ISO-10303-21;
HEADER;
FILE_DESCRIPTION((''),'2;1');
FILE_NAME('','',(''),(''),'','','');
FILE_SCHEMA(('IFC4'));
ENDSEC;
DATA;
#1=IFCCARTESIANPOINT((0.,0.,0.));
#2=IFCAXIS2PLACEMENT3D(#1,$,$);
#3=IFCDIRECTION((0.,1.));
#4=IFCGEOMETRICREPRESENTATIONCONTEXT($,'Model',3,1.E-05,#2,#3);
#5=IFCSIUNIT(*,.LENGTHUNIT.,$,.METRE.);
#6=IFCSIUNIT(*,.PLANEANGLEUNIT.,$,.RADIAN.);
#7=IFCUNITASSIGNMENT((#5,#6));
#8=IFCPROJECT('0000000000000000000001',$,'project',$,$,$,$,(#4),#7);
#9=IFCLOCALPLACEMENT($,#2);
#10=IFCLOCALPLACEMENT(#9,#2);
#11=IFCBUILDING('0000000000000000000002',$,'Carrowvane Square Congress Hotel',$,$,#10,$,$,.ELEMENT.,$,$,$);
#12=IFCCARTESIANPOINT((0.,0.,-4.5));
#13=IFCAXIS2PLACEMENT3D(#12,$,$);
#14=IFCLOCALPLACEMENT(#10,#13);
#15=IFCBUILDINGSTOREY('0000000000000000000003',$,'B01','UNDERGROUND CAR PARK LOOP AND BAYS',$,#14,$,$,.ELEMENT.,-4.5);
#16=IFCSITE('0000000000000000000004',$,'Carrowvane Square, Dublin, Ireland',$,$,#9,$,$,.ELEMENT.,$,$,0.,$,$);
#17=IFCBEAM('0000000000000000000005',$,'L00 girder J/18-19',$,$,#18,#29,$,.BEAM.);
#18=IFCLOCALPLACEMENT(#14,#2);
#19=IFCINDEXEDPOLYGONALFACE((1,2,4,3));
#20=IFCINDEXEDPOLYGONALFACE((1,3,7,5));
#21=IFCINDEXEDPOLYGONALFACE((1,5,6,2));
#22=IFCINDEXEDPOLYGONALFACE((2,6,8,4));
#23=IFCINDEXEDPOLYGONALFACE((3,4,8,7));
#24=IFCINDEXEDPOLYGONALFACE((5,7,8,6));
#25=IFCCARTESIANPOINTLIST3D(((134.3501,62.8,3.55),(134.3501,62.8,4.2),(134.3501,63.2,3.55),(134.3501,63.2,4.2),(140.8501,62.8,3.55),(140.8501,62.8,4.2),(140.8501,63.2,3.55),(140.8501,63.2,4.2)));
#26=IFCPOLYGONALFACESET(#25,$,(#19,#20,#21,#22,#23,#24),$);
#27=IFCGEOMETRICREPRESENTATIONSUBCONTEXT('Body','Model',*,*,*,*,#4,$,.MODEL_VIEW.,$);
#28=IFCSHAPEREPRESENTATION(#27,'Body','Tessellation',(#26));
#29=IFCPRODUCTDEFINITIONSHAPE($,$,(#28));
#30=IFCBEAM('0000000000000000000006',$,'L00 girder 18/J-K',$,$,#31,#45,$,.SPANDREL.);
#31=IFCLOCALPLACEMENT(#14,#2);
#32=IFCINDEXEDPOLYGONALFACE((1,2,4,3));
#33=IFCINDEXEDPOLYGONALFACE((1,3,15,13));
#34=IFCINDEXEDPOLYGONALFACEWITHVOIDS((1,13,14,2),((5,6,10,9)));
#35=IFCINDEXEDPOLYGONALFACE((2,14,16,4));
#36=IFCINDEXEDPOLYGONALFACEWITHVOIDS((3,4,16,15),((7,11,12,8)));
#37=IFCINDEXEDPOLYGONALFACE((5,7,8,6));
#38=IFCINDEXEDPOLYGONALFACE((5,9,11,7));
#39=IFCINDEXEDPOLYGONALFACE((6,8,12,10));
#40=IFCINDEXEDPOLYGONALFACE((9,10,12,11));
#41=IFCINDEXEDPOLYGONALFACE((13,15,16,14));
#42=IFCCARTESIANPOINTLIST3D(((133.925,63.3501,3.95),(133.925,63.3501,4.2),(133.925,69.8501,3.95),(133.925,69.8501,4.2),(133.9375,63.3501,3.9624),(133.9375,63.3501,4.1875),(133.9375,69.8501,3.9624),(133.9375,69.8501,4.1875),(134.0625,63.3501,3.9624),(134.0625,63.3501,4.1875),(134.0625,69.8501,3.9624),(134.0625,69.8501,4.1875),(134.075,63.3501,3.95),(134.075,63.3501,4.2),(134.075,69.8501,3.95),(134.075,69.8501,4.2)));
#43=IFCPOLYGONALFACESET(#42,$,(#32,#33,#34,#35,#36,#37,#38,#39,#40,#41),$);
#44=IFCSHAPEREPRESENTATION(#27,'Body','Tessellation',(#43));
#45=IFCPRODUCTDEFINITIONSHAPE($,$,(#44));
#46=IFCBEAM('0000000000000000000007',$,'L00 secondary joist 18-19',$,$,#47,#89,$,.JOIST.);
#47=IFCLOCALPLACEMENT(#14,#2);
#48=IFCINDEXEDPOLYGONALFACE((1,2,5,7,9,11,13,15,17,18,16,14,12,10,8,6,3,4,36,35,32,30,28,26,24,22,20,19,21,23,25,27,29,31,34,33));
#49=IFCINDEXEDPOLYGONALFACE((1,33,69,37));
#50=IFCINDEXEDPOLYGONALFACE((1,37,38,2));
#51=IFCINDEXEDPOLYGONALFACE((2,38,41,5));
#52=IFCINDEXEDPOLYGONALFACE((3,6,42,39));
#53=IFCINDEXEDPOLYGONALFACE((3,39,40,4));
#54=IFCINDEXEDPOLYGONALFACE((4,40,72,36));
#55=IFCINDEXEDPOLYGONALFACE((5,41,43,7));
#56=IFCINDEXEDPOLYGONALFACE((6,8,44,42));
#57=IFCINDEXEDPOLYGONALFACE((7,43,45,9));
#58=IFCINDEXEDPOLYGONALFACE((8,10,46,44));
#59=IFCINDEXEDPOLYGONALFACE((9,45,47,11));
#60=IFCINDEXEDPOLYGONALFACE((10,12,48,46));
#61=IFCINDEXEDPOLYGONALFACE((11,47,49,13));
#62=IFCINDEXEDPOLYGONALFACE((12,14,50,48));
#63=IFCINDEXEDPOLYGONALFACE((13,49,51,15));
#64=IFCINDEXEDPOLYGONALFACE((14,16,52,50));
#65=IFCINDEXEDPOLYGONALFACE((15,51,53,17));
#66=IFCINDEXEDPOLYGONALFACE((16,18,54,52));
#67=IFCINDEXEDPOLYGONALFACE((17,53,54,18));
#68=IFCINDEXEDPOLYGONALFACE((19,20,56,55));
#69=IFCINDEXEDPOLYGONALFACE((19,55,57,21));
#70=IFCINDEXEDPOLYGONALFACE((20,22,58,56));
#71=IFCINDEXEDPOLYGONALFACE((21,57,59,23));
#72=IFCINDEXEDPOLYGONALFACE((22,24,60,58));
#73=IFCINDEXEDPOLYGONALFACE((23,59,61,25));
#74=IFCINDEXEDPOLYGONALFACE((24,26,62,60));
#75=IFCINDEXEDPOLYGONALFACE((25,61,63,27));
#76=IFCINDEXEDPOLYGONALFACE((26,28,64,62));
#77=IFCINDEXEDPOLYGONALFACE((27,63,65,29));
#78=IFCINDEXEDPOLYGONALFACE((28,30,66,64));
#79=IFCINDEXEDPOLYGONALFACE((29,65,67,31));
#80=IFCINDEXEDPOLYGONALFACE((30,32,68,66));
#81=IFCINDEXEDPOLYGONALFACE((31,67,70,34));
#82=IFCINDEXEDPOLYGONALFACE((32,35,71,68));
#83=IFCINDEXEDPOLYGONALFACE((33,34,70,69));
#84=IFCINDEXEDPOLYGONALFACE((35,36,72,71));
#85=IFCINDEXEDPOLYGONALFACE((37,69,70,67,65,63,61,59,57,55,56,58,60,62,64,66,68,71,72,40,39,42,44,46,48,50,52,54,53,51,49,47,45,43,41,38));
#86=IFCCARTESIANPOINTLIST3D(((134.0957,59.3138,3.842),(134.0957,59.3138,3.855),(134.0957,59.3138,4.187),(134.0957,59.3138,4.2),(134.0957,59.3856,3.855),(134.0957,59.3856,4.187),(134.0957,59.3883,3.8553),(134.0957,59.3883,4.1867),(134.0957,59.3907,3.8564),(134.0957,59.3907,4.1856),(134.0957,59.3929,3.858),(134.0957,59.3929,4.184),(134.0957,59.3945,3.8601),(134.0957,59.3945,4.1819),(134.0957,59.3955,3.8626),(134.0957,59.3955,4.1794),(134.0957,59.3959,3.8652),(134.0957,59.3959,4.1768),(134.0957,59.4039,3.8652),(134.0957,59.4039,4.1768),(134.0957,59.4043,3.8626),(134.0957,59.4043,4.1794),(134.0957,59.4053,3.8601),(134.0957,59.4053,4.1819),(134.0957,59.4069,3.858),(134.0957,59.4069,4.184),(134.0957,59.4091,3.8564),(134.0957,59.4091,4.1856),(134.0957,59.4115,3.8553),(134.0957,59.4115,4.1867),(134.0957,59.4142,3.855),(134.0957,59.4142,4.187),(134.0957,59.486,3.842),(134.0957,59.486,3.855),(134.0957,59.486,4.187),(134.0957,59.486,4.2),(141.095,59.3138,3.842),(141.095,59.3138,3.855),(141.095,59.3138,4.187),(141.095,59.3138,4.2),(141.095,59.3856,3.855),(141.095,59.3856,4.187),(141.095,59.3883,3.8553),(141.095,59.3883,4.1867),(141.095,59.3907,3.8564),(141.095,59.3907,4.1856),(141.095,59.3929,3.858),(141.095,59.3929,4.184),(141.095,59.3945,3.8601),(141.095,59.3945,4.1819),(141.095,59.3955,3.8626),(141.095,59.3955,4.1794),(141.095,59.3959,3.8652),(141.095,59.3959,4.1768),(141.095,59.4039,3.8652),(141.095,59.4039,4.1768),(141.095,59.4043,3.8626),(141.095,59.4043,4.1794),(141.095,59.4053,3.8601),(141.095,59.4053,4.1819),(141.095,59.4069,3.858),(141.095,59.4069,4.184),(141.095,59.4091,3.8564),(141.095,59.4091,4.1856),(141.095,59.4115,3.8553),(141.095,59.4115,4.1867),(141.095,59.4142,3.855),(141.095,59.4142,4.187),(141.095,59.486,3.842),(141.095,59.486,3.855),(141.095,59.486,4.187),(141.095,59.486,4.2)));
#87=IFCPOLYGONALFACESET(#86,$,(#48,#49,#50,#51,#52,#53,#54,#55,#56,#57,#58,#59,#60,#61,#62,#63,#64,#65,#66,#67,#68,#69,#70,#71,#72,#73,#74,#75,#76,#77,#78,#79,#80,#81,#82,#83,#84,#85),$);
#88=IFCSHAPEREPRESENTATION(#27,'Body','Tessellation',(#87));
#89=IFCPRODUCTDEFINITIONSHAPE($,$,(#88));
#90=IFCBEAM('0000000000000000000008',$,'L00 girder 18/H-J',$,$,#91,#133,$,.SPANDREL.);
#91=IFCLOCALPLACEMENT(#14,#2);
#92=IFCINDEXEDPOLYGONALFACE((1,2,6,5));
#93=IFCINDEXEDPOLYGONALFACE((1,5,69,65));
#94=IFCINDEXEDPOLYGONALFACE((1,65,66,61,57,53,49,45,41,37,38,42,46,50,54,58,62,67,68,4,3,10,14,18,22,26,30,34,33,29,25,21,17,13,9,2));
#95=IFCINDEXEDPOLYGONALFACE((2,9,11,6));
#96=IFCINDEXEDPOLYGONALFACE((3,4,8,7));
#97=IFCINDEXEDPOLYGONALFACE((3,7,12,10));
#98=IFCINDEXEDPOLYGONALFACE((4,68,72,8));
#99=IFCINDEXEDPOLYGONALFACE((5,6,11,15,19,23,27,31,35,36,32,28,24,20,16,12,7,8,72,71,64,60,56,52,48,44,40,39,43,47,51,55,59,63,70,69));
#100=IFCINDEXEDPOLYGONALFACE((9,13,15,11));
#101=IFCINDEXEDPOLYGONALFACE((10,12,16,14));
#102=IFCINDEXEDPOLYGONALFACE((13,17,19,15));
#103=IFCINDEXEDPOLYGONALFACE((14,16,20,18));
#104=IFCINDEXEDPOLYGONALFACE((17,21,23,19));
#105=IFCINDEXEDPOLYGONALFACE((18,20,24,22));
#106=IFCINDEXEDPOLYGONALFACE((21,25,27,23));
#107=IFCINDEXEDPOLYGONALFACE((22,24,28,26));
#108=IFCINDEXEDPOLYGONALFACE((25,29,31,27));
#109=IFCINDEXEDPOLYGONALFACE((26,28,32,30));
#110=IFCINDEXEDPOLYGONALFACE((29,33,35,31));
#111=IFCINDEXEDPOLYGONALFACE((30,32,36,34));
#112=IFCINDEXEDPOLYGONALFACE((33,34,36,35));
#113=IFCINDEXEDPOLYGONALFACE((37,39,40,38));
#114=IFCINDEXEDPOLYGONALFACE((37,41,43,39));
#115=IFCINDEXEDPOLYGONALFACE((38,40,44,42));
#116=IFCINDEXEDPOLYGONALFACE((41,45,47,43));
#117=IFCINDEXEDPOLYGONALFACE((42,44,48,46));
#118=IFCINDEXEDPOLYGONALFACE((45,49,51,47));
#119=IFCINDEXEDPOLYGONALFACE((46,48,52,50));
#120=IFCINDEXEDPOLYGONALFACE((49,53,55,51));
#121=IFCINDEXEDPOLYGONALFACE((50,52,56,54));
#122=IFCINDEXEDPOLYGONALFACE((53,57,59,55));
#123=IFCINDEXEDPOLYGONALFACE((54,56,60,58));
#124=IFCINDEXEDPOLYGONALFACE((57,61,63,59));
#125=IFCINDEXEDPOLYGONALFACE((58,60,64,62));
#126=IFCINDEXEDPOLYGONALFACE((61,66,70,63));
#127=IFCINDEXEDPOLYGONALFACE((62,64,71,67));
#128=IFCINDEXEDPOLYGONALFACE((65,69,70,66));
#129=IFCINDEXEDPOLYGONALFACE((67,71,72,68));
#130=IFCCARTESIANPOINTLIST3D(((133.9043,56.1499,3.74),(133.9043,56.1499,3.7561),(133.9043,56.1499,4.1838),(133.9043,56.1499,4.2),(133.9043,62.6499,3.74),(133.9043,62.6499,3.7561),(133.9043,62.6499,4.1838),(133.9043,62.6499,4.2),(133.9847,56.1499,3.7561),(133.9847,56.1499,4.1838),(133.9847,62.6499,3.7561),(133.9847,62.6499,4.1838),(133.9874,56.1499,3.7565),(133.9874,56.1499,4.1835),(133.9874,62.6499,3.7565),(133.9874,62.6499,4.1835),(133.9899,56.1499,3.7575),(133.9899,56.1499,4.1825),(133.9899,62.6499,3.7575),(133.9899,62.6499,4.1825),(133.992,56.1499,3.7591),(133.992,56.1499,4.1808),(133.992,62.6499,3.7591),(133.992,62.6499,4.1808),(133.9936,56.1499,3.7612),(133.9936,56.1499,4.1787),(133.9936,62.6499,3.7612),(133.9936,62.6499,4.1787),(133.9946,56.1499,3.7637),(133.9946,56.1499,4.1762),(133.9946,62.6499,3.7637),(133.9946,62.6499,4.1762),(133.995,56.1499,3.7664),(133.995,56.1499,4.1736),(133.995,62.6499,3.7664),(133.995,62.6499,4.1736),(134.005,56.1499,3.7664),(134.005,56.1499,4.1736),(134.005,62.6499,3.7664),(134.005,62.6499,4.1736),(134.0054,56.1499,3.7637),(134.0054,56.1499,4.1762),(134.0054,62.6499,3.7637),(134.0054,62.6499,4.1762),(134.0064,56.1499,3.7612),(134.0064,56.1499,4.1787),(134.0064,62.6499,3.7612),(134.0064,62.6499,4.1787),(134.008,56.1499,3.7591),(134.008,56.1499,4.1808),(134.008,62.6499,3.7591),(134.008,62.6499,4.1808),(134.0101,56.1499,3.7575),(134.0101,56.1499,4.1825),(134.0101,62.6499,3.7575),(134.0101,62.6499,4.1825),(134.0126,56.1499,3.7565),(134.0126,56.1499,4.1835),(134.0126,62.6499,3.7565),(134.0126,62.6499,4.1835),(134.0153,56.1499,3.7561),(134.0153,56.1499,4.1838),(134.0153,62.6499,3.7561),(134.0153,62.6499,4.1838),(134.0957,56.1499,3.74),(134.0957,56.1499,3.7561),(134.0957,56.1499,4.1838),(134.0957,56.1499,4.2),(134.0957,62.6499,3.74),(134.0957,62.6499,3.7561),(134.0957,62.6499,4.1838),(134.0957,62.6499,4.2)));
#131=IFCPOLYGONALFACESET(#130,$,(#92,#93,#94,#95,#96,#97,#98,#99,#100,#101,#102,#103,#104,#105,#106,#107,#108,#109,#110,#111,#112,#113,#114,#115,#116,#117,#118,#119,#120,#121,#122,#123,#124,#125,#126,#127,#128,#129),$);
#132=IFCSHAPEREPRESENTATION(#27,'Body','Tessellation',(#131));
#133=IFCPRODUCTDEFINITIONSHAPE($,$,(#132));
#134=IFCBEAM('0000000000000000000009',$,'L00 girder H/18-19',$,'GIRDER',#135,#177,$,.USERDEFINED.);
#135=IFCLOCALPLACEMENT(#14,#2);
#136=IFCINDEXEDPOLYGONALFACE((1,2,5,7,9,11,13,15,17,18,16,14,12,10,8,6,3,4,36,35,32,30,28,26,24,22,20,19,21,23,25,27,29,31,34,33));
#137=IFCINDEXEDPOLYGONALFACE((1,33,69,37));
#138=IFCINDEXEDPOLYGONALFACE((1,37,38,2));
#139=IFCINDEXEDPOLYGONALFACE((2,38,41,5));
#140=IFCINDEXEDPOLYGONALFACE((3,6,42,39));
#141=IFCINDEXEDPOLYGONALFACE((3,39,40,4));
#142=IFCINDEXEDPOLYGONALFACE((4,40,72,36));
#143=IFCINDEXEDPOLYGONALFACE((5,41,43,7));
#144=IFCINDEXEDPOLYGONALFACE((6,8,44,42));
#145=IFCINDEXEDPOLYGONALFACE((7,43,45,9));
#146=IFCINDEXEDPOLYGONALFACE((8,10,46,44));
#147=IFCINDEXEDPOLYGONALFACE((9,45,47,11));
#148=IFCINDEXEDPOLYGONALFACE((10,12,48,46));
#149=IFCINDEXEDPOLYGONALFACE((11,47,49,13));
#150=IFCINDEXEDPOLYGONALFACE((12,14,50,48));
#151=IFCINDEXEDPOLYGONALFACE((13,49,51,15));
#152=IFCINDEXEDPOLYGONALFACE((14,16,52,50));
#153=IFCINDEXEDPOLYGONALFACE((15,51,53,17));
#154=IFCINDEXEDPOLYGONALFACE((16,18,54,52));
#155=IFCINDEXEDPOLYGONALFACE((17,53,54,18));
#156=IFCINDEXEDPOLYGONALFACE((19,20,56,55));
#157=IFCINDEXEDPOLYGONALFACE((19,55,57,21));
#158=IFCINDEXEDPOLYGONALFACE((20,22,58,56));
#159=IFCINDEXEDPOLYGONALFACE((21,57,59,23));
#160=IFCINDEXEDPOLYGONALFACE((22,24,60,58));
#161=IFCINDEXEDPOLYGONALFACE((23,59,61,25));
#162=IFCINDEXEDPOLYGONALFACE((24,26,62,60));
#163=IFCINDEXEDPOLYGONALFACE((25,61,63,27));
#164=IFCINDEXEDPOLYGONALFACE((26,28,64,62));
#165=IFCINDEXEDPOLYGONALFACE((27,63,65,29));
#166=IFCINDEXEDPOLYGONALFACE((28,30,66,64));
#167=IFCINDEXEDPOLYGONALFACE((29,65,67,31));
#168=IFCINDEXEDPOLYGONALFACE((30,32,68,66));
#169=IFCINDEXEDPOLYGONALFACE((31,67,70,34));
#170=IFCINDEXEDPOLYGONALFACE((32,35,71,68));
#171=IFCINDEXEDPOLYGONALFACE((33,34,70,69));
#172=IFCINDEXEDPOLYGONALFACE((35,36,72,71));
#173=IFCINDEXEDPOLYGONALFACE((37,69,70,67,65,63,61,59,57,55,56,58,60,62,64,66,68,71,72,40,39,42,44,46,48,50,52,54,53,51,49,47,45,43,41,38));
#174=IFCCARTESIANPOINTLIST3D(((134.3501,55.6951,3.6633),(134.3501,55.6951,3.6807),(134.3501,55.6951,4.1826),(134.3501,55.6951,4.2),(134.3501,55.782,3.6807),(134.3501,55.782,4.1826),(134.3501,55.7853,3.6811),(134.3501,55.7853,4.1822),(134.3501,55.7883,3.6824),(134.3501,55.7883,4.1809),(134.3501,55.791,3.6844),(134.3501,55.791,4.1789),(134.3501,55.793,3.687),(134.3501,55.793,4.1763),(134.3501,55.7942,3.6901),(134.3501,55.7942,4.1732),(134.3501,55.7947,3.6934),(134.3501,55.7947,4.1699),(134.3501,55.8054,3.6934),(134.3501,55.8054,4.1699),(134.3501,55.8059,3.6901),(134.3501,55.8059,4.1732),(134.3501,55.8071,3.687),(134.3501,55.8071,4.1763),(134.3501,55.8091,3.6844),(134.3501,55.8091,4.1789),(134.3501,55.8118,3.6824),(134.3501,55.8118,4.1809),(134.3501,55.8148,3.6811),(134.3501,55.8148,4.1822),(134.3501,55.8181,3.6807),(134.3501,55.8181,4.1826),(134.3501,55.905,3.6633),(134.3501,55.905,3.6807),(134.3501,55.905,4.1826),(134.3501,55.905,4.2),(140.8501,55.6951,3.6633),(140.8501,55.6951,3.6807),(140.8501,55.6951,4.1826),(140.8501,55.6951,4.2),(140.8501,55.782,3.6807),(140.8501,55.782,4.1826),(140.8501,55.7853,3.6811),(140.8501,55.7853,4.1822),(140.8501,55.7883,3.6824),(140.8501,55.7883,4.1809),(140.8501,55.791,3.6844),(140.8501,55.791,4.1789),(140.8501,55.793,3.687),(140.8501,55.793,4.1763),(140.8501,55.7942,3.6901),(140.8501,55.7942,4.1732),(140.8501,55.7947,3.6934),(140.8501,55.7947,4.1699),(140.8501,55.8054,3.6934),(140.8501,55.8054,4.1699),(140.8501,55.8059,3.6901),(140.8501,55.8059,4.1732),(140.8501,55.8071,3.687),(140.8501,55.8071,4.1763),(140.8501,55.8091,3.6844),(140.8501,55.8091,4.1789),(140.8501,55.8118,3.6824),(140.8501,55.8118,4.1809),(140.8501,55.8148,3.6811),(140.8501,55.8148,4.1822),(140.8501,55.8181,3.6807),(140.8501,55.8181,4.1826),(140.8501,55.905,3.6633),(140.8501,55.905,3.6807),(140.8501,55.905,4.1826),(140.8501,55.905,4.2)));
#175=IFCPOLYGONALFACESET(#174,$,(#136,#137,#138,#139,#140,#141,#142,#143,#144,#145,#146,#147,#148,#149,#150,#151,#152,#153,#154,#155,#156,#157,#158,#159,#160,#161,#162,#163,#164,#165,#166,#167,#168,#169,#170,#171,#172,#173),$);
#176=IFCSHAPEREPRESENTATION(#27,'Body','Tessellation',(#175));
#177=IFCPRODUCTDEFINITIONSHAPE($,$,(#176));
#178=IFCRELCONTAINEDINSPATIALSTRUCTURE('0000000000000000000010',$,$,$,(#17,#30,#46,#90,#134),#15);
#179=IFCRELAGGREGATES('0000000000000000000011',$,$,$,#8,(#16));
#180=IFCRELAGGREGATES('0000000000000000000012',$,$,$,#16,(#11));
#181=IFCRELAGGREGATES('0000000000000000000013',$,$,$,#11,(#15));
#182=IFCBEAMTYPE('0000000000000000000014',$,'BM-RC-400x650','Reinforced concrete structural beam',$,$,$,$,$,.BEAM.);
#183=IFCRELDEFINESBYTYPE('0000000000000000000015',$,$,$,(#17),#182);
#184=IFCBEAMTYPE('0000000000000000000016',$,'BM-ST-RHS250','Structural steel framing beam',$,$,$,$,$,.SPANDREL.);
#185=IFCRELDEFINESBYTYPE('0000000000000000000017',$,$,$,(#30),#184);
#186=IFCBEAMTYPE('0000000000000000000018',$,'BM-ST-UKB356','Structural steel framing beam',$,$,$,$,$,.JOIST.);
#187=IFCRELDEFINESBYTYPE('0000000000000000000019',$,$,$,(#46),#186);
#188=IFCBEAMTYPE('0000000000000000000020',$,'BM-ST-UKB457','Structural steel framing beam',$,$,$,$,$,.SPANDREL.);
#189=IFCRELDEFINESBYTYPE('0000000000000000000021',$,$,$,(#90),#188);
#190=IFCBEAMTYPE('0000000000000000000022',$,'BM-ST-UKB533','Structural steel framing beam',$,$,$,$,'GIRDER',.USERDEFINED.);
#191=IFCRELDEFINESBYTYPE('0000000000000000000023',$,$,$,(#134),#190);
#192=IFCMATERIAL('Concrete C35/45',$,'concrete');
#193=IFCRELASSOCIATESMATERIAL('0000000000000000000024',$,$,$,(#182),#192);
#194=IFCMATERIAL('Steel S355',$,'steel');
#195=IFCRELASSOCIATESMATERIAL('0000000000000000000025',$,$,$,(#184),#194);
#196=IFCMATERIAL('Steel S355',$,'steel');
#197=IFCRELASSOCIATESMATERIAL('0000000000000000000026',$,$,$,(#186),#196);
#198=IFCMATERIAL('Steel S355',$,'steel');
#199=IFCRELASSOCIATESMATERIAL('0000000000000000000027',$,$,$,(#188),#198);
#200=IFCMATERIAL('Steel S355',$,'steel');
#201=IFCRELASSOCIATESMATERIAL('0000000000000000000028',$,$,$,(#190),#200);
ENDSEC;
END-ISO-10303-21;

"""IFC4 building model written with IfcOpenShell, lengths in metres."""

from ifc_helpers import new_model, si_unit, direction, frame, origin, origin_2d, place, context, subcontext, project, spatial, rectangle, hollow_rectangle, i_section, extrude, material, material_profile, profile_set, type_object, element, save


model = new_model("IFC4")

# Units and contexts
model_context = context("Model", 3, precision=1e-05, world=origin(), true_north=direction((0.0, 1.0)))
body_context = subcontext(model_context, "Body", "Model", "MODEL_VIEW")
ifc_project = project(units=[si_unit("LENGTHUNIT", "METRE"), si_unit("PLANEANGLEUNIT", "RADIAN")], contexts=[model_context])

# Site, building, storey
site_placement = place(None, origin())
site = spatial("IfcSite", under=ifc_project, at=site_placement, Name="Carrowvane Square, Dublin, Ireland", CompositionType="ELEMENT", RefElevation=0.0)
building_placement = place(site_placement, origin())
building = spatial("IfcBuilding", under=site, at=building_placement, Name="Carrowvane Square Congress Hotel", CompositionType="ELEMENT")
storey_placement = place(building_placement, frame((0.0, 0.0, -4.5)))
storey = spatial("IfcBuildingStorey", under=building, at=storey_placement, Name="B01", Description="UNDERGROUND CAR PARK LOOP AND BAYS", CompositionType="ELEMENT", Elevation=-4.5)

# Beams
ifc_material_1 = material(Name="Concrete C35/45", Category="concrete")
ifc_material_profile_1 = material_profile(ifc_material_1, rectangle(XDim=0.3999, YDim=0.6499, at=origin_2d()), Name="RC 400x650")
ifc_profile_set_1 = profile_set([ifc_material_profile_1], Name="Concrete C35/45")
beam_type_1 = type_object("IfcBeamType", Name="BM-RC-400x650", Description="Reinforced concrete structural beam", PredefinedType="BEAM", material=ifc_profile_set_1)
beam_1_placement = place(storey_placement, frame((134.3501, 63.0, 3.875), z_axis=(1.0, 0.0, 0.0), x_axis=(0.0, 1.0, 0.0)))
element("IfcBeam", 1, at=beam_1_placement, inside=storey, type_object=beam_type_1, Name="L00 girder J/18-19", PredefinedType="BEAM", context=body_context, shape_type="SweptSolid", body=[
    extrude(rectangle(XDim=0.3999, YDim=0.6499, at=origin_2d()), origin(), (0.0, 0.0, 1.0), 6.5),
])
ifc_material_2 = material(Name="Steel S355", Category="steel")
ifc_material_profile_2 = material_profile(ifc_material_2, hollow_rectangle(XDim=0.1499, YDim=0.25, WallThickness=0.0125, at=origin_2d()), Name="RHS 250x150x12.5")
ifc_profile_set_2 = profile_set([ifc_material_profile_2], Name="Steel S355")
beam_type_2 = type_object("IfcBeamType", Name="BM-ST-RHS250", Description="Structural steel framing beam", PredefinedType="SPANDREL", material=ifc_profile_set_2)
beam_2_placement = place(storey_placement, frame((134.0, 63.3501, 4.075), z_axis=(0.0, 1.0, 0.0), x_axis=(-1.0, 0.0, 0.0)))
element("IfcBeam", 2, at=beam_2_placement, inside=storey, type_object=beam_type_2, Name="L00 girder 18/J-K", PredefinedType="SPANDREL", context=body_context, shape_type="SweptSolid", body=[
    extrude(hollow_rectangle(XDim=0.1499, YDim=0.25, WallThickness=0.0125, at=origin_2d()), origin(), (0.0, 0.0, 1.0), 6.5),
])
ifc_material_3 = material(Name="Steel S355", Category="steel")
ifc_material_profile_3 = material_profile(ifc_material_3, i_section(OverallWidth=0.1721, OverallDepth=0.3579, WebThickness=0.0081, FlangeThickness=0.0129, FilletRadius=0.0103, at=origin_2d()), Name="UKB 356x171x57")
ifc_profile_set_3 = profile_set([ifc_material_profile_3], Name="Steel S355")
beam_type_3 = type_object("IfcBeamType", Name="BM-ST-UKB356", Description="Structural steel framing beam", PredefinedType="JOIST", material=ifc_profile_set_3)
beam_3_placement = place(storey_placement, frame((134.0957, 59.3999, 4.021), z_axis=(1.0, 0.0, 0.0), x_axis=(0.0, 1.0, 0.0)))
element("IfcBeam", 3, at=beam_3_placement, inside=storey, type_object=beam_type_3, Name="L00 secondary joist 18-19", PredefinedType="JOIST", context=body_context, shape_type="SweptSolid", body=[
    extrude(i_section(OverallWidth=0.1721, OverallDepth=0.3579, WebThickness=0.0081, FlangeThickness=0.0129, FilletRadius=0.0103, at=origin_2d()), origin(), (0.0, 0.0, 1.0), 6.9993),
])
ifc_material_4 = material(Name="Steel S355", Category="steel")
ifc_material_profile_4 = material_profile(ifc_material_4, i_section(OverallWidth=0.1914, OverallDepth=0.46, WebThickness=0.01, FlangeThickness=0.0161, FilletRadius=0.0103, at=origin_2d()), Name="UKB 457x191x82")
ifc_profile_set_4 = profile_set([ifc_material_profile_4], Name="Steel S355")
beam_type_4 = type_object("IfcBeamType", Name="BM-ST-UKB457", Description="Structural steel framing beam", PredefinedType="SPANDREL", material=ifc_profile_set_4)
beam_4_placement = place(storey_placement, frame((134.0, 56.1499, 3.97), z_axis=(0.0, 1.0, 0.0), x_axis=(-1.0, 0.0, 0.0)))
element("IfcBeam", 4, at=beam_4_placement, inside=storey, type_object=beam_type_4, Name="L00 girder 18/H-J", PredefinedType="SPANDREL", context=body_context, shape_type="SweptSolid", body=[
    extrude(i_section(OverallWidth=0.1914, OverallDepth=0.46, WebThickness=0.01, FlangeThickness=0.0161, FilletRadius=0.0103, at=origin_2d()), origin(), (0.0, 0.0, 1.0), 6.5),
])
ifc_material_5 = material(Name="Steel S355", Category="steel")
ifc_material_profile_5 = material_profile(ifc_material_5, i_section(OverallWidth=0.21, OverallDepth=0.5366, WebThickness=0.0107, FlangeThickness=0.0173, FilletRadius=0.0127, at=origin_2d()), Name="UKB 533x210x101")
ifc_profile_set_5 = profile_set([ifc_material_profile_5], Name="Steel S355")
beam_type_5 = type_object("IfcBeamType", Name="BM-ST-UKB533", Description="Structural steel framing beam", ElementType="GIRDER", PredefinedType="USERDEFINED", material=ifc_profile_set_5)
for number, where, z_axis, x_axis, name in (
    (5, (134.3501, 55.8, 3.9316), (1.0, 0.0, 0.0), (0.0, 1.0, 0.0), "L00 girder H/18-19"),
):
    element("IfcBeam", number, at=place(storey_placement, frame(where, z_axis=z_axis, x_axis=x_axis)), inside=storey, type_object=beam_type_5, Name=name, ObjectType="GIRDER", PredefinedType="USERDEFINED", context=body_context, shape_type="SweptSolid", body=[
        extrude(i_section(OverallWidth=0.21, OverallDepth=0.5366, WebThickness=0.0107, FlangeThickness=0.0173, FilletRadius=0.0127, at=origin_2d()), origin(), (0.0, 0.0, 1.0), 6.5),
    ])

save(model, "model.ifc")
